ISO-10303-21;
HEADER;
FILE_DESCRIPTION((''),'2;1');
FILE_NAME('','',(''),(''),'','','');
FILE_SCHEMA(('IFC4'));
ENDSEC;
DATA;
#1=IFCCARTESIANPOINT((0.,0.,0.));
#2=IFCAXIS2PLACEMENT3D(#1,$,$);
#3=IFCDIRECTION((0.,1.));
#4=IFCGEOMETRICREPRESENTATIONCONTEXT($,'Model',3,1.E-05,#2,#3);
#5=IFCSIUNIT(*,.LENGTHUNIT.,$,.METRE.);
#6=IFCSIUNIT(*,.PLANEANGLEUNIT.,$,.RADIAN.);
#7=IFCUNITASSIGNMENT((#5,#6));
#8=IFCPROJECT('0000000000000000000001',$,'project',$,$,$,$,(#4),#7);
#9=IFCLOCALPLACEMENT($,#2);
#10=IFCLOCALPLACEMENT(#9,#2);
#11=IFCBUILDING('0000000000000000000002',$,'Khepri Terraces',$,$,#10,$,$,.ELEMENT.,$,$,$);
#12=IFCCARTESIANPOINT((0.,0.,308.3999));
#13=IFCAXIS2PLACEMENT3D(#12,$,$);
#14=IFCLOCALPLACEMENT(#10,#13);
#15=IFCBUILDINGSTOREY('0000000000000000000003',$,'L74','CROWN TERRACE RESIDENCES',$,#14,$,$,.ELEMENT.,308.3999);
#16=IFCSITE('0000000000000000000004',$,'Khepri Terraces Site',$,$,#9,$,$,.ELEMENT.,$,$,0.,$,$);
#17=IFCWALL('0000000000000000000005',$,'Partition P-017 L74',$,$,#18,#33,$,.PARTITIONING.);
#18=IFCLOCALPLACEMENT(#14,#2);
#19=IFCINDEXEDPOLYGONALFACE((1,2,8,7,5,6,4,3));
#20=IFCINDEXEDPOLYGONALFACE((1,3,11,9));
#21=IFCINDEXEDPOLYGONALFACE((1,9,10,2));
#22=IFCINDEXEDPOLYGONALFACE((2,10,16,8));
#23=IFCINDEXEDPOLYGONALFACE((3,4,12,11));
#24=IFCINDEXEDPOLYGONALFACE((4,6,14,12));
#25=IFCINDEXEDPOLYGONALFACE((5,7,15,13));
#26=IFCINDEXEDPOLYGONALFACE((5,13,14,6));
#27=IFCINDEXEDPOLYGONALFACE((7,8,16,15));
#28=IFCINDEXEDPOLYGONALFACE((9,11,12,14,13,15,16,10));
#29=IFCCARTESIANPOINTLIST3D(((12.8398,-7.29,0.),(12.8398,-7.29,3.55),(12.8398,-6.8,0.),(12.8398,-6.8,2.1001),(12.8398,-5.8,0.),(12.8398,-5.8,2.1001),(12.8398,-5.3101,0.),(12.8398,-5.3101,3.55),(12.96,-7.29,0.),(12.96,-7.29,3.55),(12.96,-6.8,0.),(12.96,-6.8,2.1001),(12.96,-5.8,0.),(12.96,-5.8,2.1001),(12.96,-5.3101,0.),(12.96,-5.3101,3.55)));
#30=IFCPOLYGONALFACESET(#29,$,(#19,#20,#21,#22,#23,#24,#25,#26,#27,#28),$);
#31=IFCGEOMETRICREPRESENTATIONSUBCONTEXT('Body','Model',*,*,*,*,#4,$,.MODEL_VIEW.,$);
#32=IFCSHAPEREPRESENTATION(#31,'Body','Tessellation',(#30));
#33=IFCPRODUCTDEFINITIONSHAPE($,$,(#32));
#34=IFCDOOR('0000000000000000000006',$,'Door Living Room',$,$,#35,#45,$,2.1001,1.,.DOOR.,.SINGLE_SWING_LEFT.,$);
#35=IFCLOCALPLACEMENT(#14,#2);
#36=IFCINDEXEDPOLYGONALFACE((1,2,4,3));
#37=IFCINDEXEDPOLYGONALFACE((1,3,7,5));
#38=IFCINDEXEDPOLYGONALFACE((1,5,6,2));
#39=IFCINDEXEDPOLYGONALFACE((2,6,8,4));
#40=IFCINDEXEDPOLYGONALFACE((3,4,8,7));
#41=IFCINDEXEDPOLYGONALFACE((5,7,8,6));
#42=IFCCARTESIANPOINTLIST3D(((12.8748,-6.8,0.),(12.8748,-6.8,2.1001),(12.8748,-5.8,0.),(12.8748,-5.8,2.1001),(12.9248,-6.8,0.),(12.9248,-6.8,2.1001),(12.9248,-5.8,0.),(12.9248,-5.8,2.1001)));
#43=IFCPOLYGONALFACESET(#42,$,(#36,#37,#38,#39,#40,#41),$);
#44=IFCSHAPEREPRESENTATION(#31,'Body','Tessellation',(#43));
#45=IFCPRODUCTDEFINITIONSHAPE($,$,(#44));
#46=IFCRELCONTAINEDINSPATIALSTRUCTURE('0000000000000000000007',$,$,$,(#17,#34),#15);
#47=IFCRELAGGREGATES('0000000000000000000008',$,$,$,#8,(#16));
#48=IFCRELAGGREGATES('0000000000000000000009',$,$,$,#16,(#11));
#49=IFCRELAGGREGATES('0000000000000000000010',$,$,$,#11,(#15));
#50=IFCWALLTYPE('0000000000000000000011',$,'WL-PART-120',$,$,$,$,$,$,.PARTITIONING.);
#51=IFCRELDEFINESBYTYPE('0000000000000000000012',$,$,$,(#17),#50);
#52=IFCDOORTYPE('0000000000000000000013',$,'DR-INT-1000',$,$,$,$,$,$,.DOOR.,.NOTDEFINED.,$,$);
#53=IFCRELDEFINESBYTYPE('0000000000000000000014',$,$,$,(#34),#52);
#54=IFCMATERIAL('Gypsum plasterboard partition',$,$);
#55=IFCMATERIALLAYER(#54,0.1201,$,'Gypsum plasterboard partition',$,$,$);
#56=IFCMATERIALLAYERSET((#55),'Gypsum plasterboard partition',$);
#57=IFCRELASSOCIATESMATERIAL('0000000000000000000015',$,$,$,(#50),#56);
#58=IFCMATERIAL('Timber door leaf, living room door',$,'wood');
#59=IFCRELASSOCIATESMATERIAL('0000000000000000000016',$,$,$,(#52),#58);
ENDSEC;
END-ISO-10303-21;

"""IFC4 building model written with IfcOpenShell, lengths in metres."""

from ifc_helpers import new_model, si_unit, direction, frame, frame_2d, origin, place, context, subcontext, project, spatial, rectangle, extrude, material, layer, layer_set, type_object, element, fill, save


model = new_model("IFC4")

# Units and contexts
model_context = context("Model", 3, precision=1e-05, world=origin(), true_north=direction((0.0, 1.0)))
body_context = subcontext(model_context, "Body", "Model", "MODEL_VIEW")
ifc_project = project(units=[si_unit("LENGTHUNIT", "METRE"), si_unit("PLANEANGLEUNIT", "RADIAN")], contexts=[model_context])

# Site, building, storey
site_placement = place(None, origin())
site = spatial("IfcSite", under=ifc_project, at=site_placement, Name="Khepri Terraces Site", CompositionType="ELEMENT", RefElevation=0.0)
building_placement = place(site_placement, origin())
building = spatial("IfcBuilding", under=site, at=building_placement, Name="Khepri Terraces", CompositionType="ELEMENT")
storey_placement = place(building_placement, frame((0.0, 0.0, 308.3999)))
storey = spatial("IfcBuildingStorey", under=building, at=storey_placement, Name="L74", Description="CROWN TERRACE RESIDENCES", CompositionType="ELEMENT", Elevation=308.3999)

# Shared definitions
ifc_material_1 = material(Name="Gypsum plasterboard partition")
ifc_layer_1 = layer(ifc_material_1, 0.1201, Name="Gypsum plasterboard partition")
ifc_layer_set_1 = layer_set([ifc_layer_1], Name="Gypsum plasterboard partition")
wall_type_1 = type_object("IfcWallType", Name="WL-PART-120", PredefinedType="PARTITIONING", material=ifc_layer_set_1)

# Wall, opening, door
wall_1_placement = place(storey_placement, frame((12.8999, -7.29, 0.0), z_axis=(0.0, 0.0, 1.0), x_axis=(0.0, 1.0, 0.0)))
wall_1 = element("IfcWall", 1, at=wall_1_placement, inside=storey, type_object=wall_type_1, Name="Partition P-017 L74", PredefinedType="PARTITIONING", context=body_context, shape_type="SweptSolid", body=[
    extrude(rectangle(XDim=1.98, YDim=0.1201, at=frame_2d((0.99, 0.0))), origin(), (0.0, 0.0, 1.0), 3.55),
])
opening_1_placement = place(wall_1_placement, frame((0.49, 0.0, 0.0)))
opening_1 = element("IfcOpeningElement", 2, at=opening_1_placement, cuts=wall_1, PredefinedType="OPENING", context=body_context, shape_type="SweptSolid", body=[
    extrude(rectangle(XDim=1.0, YDim=2.1001, at=frame_2d((0.5, 1.05))), frame((0.0, 0.0701, 0.0), z_axis=(0.0, -1.0, 0.0), x_axis=(1.0, 0.0, 0.0)), (0.0, 0.0, 1.0), 0.1401),
])
ifc_material_2 = material(Name="Timber door leaf, living room door", Category="wood")
door_type_1 = type_object("IfcDoorType", Name="DR-INT-1000", OperationType="NOTDEFINED", PredefinedType="DOOR", material=ifc_material_2)
door_1_placement = place(opening_1_placement, frame((1.0, 0.0, 0.0), z_axis=(0.0, 0.0, 1.0), x_axis=(-1.0, 0.0, 0.0)))
door_1 = element("IfcDoor", 3, at=door_1_placement, inside=storey, type_object=door_type_1, Name="Door Living Room", OperationType="SINGLE_SWING_LEFT", OverallHeight=2.1001, OverallWidth=1.0, PredefinedType="DOOR", context=body_context, shape_type="SweptSolid", body=[
    extrude(rectangle(XDim=1.0, YDim=2.1001, at=frame_2d((0.5, 1.05))), frame((0.0, 0.0249, 0.0), z_axis=(0.0, -1.0, 0.0), x_axis=(1.0, 0.0, 0.0)), (0.0, 0.0, 1.0), 0.05),
])
fill(opening_1, door_1)

save(model, "model.ifc")
